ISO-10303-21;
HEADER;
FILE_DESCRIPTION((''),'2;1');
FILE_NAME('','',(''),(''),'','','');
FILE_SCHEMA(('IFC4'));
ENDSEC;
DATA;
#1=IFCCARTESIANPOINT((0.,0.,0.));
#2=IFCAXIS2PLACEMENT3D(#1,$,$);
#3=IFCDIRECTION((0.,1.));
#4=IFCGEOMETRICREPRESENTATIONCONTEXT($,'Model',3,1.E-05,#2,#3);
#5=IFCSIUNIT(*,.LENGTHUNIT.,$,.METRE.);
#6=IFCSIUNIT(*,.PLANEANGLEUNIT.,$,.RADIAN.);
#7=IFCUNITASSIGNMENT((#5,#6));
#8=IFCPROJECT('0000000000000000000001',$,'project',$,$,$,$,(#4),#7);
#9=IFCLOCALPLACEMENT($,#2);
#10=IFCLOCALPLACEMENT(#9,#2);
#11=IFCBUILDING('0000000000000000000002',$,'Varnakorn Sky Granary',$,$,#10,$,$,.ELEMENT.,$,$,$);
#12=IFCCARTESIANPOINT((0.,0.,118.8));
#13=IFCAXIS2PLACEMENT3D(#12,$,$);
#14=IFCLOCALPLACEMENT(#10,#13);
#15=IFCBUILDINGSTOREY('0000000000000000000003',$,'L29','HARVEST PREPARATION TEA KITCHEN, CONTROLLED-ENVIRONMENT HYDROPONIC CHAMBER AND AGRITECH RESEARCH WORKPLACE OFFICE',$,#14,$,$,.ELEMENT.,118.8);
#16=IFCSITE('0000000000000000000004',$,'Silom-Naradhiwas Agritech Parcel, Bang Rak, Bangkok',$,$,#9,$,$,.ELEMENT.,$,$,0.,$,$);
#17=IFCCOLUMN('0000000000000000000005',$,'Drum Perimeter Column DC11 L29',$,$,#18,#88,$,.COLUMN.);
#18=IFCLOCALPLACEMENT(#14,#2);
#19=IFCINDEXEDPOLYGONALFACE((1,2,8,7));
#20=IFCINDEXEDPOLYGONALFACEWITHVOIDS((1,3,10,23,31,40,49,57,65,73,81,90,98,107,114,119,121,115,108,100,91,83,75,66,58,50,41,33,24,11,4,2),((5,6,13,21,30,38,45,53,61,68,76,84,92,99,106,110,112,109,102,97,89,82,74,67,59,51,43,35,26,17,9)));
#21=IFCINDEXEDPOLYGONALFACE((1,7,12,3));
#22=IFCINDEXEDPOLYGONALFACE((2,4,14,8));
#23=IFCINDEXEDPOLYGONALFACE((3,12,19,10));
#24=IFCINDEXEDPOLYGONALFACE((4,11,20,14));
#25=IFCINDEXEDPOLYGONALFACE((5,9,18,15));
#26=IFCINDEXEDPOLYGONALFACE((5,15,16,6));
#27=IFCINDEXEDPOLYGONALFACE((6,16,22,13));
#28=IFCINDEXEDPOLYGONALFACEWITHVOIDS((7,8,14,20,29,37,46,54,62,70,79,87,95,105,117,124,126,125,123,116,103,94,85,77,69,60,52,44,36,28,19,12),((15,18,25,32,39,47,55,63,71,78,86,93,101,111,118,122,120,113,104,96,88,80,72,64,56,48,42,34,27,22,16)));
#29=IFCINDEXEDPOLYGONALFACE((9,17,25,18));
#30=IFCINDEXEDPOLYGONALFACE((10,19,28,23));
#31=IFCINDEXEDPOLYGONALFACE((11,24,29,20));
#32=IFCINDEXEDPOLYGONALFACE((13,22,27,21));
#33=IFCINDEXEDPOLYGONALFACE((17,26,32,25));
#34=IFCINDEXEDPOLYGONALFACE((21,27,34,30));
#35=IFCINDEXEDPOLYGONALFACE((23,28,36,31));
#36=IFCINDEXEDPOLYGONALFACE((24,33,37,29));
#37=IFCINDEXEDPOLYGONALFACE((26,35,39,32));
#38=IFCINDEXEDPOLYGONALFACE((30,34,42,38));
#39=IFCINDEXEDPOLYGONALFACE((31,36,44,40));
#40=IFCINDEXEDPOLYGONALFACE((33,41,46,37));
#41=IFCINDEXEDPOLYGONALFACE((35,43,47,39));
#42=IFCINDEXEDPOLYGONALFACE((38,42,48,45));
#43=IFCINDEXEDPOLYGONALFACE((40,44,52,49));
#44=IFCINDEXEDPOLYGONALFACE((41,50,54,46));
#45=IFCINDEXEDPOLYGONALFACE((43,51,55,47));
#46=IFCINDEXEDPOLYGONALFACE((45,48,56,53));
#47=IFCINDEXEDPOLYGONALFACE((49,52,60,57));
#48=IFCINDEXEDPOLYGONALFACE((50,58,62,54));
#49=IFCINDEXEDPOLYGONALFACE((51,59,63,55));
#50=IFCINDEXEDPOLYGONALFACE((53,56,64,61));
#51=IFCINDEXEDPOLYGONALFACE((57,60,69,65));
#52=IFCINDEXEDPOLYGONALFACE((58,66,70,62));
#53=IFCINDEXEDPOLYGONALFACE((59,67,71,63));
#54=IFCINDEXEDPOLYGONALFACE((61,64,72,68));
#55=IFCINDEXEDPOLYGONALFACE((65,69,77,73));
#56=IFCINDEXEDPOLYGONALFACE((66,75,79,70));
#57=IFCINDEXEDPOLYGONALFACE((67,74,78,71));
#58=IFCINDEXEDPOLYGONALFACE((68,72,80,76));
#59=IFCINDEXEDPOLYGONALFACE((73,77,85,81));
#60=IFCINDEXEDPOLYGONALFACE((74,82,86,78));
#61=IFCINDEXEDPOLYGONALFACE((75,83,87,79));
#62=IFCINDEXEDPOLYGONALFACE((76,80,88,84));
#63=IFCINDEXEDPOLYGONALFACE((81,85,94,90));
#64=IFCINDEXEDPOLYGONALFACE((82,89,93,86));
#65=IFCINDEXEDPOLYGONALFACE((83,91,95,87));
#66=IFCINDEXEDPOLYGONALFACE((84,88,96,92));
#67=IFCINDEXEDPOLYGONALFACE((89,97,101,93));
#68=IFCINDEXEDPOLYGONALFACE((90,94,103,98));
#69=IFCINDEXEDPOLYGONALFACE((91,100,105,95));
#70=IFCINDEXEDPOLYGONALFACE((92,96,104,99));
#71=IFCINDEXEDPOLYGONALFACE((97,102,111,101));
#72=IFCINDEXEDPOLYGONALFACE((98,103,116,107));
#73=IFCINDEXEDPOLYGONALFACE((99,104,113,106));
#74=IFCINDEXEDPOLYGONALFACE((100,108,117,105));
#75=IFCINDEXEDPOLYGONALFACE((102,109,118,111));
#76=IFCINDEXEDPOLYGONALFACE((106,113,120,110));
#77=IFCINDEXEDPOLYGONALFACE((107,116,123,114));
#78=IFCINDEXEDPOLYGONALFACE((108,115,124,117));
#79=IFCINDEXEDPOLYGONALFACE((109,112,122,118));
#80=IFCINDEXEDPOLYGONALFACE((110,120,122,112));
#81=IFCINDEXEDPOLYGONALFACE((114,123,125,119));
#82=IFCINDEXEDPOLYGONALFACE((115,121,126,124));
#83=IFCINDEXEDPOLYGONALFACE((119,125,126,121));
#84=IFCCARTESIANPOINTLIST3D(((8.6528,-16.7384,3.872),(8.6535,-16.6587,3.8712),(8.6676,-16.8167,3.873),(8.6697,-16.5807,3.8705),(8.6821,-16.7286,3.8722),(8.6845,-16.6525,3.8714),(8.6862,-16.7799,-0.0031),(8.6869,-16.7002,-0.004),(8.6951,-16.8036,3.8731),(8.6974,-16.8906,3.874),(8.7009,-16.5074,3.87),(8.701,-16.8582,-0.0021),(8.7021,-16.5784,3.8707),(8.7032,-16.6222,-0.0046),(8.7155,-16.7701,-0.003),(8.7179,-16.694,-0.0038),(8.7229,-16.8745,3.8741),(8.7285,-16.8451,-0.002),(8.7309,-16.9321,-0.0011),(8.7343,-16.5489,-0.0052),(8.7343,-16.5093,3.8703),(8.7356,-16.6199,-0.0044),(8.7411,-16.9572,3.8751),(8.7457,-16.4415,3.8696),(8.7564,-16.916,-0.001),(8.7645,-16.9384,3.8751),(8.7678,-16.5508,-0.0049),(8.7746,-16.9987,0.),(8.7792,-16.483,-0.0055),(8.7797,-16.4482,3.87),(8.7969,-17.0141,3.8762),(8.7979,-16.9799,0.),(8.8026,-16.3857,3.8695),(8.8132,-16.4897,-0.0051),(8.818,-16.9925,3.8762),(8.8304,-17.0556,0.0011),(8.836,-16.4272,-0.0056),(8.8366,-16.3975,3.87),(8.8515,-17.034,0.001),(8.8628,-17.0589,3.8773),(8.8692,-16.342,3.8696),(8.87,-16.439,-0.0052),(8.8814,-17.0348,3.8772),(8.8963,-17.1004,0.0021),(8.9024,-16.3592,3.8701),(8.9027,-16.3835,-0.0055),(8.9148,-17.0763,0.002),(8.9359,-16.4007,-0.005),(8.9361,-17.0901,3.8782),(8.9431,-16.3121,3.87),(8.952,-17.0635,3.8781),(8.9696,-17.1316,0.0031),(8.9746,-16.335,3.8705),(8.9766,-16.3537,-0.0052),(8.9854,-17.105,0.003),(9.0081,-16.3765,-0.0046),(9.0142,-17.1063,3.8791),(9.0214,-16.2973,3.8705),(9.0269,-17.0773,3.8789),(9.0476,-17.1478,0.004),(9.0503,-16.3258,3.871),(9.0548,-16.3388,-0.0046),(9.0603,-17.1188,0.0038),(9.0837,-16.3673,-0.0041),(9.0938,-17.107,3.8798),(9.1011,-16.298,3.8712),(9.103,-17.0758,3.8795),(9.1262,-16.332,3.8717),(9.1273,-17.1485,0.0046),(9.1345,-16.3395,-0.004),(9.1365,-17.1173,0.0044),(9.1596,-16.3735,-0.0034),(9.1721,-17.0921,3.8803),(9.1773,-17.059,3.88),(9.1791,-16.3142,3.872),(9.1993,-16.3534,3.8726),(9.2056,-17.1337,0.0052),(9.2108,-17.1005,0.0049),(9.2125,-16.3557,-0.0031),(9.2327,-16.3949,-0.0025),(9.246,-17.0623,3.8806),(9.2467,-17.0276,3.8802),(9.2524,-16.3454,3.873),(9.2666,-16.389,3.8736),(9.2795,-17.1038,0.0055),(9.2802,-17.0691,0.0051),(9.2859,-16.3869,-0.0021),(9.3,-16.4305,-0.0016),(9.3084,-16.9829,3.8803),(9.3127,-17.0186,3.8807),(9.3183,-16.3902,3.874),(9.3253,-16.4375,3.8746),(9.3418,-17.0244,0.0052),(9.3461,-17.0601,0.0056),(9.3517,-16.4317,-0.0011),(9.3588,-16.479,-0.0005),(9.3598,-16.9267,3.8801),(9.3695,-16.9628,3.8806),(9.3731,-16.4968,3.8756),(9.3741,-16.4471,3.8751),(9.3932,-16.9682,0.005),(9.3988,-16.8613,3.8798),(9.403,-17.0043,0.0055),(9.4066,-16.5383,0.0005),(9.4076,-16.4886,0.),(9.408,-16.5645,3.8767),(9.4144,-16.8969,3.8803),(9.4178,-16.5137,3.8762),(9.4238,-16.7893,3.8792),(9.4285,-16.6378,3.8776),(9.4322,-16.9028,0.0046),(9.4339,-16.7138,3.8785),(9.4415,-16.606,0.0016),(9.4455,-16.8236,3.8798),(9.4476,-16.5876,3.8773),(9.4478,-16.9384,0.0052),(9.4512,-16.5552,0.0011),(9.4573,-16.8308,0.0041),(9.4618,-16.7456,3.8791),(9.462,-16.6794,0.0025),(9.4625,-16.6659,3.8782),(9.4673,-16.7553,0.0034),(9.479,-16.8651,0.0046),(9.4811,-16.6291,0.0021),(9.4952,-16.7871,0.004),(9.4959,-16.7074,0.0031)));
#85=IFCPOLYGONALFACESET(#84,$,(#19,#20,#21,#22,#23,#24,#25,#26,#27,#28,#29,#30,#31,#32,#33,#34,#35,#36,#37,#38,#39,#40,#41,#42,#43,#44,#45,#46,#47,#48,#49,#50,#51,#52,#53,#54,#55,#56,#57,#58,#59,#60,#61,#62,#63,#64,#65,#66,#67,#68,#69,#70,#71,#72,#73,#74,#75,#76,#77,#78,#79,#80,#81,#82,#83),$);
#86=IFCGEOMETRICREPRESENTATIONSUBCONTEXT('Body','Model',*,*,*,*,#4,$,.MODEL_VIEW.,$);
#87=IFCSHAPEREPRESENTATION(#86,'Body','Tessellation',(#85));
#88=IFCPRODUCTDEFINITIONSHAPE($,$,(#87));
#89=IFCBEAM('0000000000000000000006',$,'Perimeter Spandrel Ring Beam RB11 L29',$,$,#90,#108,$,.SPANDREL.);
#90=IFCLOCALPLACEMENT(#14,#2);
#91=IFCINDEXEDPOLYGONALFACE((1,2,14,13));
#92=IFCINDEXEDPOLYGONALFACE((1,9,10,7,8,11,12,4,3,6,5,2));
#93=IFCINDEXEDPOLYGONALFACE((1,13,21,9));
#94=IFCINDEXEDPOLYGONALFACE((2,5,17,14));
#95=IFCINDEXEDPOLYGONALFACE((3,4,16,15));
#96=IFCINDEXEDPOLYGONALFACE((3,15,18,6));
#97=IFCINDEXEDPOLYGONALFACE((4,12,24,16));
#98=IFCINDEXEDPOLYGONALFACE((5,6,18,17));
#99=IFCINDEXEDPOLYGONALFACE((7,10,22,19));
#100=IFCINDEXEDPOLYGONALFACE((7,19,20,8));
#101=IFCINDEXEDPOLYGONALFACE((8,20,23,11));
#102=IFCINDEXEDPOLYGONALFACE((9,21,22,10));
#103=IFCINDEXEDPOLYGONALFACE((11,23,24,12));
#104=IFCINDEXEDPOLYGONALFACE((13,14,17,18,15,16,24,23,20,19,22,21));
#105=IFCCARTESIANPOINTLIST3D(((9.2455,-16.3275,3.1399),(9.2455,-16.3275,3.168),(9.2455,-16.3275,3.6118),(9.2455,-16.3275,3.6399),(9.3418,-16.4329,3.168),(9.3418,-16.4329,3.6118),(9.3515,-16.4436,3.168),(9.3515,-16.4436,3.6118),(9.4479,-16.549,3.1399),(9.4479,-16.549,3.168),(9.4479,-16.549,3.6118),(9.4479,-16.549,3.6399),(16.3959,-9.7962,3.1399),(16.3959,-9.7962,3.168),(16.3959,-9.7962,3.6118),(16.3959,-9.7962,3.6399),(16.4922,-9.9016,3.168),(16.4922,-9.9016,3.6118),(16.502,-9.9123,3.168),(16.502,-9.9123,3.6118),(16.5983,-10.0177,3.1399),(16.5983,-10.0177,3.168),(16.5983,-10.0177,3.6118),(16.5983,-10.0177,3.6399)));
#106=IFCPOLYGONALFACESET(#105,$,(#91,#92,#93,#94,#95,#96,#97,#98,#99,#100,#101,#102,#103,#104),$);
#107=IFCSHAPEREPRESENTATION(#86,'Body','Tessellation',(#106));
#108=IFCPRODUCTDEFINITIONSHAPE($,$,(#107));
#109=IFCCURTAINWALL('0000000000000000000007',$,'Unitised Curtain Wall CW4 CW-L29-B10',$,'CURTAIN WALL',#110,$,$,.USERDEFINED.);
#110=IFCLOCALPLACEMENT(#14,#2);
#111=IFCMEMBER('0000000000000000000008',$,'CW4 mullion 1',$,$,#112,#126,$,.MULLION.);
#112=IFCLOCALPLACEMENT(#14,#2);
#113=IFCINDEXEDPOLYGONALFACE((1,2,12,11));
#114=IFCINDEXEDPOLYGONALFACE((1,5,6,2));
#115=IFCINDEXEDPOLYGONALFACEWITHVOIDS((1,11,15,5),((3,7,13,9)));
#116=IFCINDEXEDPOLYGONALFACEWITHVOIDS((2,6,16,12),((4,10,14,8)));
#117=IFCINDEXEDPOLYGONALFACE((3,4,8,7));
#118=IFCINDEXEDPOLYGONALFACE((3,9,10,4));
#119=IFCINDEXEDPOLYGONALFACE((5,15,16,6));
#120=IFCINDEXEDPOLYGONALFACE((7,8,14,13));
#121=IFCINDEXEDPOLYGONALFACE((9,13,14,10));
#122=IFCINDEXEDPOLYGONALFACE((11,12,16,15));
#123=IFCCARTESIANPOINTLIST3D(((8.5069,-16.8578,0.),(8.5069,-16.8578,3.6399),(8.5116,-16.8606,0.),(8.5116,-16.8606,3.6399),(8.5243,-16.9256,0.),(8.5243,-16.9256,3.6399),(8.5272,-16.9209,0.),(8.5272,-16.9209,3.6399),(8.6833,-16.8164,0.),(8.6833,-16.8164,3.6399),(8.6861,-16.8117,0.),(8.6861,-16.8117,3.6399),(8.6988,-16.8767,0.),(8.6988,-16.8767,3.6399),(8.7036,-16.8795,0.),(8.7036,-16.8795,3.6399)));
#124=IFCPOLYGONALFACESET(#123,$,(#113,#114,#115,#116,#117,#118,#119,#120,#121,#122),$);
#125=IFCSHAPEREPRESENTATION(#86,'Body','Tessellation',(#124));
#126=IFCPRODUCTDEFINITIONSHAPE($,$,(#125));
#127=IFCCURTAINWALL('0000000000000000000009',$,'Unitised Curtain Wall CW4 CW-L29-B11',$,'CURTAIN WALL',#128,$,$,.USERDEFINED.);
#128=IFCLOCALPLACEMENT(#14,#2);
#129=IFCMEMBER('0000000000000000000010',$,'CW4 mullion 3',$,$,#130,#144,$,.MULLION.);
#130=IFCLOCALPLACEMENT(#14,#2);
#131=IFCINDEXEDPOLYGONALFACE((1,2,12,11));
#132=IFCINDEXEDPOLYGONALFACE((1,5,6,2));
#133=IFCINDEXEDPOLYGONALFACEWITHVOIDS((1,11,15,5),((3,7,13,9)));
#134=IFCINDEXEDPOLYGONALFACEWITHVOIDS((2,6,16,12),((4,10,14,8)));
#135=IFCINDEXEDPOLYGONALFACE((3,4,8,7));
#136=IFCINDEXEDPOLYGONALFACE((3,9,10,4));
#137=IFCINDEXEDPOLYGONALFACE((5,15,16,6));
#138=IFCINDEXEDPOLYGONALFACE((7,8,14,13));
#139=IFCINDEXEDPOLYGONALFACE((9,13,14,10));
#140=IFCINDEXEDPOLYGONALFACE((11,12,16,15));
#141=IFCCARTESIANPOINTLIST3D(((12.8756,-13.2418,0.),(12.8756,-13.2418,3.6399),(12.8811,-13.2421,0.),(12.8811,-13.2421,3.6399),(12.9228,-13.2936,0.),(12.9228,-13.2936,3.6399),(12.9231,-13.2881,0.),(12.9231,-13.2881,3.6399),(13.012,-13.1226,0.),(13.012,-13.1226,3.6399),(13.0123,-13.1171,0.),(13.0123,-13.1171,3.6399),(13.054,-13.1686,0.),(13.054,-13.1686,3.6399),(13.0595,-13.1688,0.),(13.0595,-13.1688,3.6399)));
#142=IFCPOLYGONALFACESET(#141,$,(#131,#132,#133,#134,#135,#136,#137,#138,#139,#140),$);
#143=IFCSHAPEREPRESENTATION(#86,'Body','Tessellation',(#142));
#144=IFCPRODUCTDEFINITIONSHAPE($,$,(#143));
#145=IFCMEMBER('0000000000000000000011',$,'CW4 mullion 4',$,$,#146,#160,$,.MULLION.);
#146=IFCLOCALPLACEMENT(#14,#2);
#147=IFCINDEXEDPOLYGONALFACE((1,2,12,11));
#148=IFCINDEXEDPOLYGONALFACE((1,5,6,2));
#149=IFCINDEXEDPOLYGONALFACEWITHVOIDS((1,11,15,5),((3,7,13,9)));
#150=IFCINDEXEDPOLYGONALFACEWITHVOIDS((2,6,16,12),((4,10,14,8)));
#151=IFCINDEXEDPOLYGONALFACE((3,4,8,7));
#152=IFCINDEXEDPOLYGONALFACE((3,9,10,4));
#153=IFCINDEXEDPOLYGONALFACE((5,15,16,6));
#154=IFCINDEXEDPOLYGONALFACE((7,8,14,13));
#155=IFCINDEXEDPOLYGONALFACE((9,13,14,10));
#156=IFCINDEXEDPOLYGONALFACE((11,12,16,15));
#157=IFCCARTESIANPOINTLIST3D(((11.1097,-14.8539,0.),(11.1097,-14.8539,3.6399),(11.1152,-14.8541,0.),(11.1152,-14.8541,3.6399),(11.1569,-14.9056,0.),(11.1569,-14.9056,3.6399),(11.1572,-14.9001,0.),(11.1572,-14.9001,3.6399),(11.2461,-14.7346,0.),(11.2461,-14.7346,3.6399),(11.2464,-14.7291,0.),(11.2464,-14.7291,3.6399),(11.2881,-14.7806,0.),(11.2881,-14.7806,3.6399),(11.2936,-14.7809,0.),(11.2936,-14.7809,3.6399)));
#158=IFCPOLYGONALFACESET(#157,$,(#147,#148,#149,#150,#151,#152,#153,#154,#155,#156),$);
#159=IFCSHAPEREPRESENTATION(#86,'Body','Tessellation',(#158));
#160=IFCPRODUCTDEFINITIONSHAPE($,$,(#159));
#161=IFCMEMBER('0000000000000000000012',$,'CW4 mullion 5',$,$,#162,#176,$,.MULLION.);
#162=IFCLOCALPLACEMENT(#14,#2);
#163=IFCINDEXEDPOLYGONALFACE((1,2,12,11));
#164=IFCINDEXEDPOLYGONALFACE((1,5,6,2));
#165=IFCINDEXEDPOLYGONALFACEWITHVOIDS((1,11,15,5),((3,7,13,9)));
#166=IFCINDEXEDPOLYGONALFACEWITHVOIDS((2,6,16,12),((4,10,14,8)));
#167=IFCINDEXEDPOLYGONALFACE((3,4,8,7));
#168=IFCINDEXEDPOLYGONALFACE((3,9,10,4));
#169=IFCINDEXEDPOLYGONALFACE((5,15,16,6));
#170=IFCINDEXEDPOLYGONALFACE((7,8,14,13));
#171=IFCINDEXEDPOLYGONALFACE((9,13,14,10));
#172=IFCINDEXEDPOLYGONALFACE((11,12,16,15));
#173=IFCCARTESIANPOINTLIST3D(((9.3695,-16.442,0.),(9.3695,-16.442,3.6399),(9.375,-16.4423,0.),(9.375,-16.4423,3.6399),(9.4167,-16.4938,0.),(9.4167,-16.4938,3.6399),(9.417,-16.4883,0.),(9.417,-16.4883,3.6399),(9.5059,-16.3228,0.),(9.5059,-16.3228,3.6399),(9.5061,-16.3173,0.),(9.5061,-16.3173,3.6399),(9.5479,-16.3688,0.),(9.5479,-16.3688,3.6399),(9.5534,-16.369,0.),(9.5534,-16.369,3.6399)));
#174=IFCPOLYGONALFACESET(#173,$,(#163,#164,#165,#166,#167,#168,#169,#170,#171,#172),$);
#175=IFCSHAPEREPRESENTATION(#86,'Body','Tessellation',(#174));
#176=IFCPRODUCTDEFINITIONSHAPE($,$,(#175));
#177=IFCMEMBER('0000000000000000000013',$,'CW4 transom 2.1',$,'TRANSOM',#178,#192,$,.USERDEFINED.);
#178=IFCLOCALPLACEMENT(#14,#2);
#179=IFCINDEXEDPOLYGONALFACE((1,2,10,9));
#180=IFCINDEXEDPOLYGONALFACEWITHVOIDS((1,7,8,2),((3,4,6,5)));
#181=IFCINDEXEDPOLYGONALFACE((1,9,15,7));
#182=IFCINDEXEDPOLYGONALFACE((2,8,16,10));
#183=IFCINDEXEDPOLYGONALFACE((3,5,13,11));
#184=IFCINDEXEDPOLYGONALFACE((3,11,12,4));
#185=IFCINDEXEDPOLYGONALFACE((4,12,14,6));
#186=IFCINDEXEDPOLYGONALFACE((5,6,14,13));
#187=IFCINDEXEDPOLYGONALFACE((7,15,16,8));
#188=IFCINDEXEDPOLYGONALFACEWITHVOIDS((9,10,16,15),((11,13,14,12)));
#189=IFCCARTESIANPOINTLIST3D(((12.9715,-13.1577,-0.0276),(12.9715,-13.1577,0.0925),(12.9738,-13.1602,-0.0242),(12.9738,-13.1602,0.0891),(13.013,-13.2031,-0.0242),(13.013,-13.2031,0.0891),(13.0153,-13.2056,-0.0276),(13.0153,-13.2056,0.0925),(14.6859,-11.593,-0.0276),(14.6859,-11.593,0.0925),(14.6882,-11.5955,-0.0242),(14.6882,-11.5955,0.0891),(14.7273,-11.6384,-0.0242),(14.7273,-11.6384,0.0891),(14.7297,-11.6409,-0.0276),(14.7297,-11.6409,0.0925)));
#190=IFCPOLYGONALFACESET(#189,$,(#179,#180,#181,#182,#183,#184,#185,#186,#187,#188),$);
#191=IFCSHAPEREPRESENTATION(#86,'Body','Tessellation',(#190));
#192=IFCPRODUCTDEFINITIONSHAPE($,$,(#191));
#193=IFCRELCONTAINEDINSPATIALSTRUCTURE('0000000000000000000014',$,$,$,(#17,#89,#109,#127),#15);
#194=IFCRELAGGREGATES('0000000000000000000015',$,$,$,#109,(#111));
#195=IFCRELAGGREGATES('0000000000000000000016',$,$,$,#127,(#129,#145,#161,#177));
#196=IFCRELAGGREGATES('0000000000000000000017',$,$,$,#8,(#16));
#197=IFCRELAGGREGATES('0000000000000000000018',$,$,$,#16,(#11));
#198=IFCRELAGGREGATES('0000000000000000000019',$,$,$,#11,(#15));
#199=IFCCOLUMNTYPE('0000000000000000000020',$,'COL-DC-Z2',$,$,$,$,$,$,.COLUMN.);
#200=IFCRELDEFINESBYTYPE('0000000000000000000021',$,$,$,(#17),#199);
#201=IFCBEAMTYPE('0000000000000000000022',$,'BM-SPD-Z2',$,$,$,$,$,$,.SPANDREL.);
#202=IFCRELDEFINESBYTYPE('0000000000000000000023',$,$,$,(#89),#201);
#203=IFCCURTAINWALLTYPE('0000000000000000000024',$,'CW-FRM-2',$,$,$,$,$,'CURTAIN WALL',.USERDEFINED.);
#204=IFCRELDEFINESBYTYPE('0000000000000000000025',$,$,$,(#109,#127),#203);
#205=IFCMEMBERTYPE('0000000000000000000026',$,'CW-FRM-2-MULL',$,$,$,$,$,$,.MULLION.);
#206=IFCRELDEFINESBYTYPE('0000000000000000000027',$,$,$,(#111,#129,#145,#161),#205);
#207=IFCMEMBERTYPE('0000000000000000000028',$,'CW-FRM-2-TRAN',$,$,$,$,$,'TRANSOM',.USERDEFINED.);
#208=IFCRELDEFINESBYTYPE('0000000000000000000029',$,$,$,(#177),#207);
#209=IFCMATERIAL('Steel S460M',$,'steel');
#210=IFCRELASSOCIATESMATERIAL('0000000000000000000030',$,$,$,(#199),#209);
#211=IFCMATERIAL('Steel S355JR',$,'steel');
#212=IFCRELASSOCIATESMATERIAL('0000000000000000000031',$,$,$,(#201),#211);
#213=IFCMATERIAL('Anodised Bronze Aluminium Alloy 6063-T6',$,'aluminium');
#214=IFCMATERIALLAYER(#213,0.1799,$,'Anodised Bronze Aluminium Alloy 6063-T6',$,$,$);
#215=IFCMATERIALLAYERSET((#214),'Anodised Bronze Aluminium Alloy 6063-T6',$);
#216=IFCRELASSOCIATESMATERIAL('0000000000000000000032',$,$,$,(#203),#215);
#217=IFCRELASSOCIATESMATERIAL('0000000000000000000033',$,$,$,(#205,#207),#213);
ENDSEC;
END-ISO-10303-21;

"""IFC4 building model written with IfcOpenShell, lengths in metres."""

from ifc_helpers import new_model, si_unit, direction, frame, origin, origin_2d, place, context, subcontext, project, spatial, hollow_rectangle, hollow_circle, i_section, extrude, material, layer, layer_set, material_profile, profile_set, type_object, element, aggregate, save


model = new_model("IFC4")

# Units and contexts
model_context = context("Model", 3, precision=1e-05, world=origin(), true_north=direction((0.0, 1.0)))
body_context = subcontext(model_context, "Body", "Model", "MODEL_VIEW")
ifc_project = project(units=[si_unit("LENGTHUNIT", "METRE"), si_unit("PLANEANGLEUNIT", "RADIAN")], contexts=[model_context])

# Site, building, storey
site_placement = place(None, origin())
site = spatial("IfcSite", under=ifc_project, at=site_placement, Name="Silom-Naradhiwas Agritech Parcel, Bang Rak, Bangkok", CompositionType="ELEMENT", RefElevation=0.0)
building_placement = place(site_placement, origin())
building = spatial("IfcBuilding", under=site, at=building_placement, Name="Varnakorn Sky Granary", CompositionType="ELEMENT")
storey_placement = place(building_placement, frame((0.0, 0.0, 118.8)))
storey = spatial("IfcBuildingStorey", under=building, at=storey_placement, Name="L29", Description="HARVEST PREPARATION TEA KITCHEN, CONTROLLED-ENVIRONMENT HYDROPONIC CHAMBER AND AGRITECH RESEARCH WORKPLACE OFFICE", CompositionType="ELEMENT", Elevation=118.8)

# Column
ifc_material_1 = material(Name="Steel S460M", Category="steel")
ifc_material_profile_1 = material_profile(ifc_material_1, hollow_circle(Radius=0.4065, WallThickness=0.03, at=origin_2d()), Name="CHS 813x30")
ifc_profile_set_1 = profile_set([ifc_material_profile_1], Name="Steel S460M")
column_type = type_object("IfcColumnType", Name="COL-DC-Z2", PredefinedType="COLUMN", material=ifc_profile_set_1)
column_placement = place(storey_placement, frame((9.0911, -16.7437, 0.0), z_axis=(-0.008631, 0.01071, 0.999905), x_axis=(-0.77863, -0.627484, 0.0)))
element("IfcColumn", 1, at=column_placement, inside=storey, type_object=column_type, Name="Drum Perimeter Column DC11 L29", PredefinedType="COLUMN", context=body_context, shape_type="SweptSolid", body=[
    extrude(hollow_circle(Radius=0.4065, WallThickness=0.03, at=origin_2d()), origin(), (0.0, 0.0, 1.0), 3.8755),
])

# Beam
ifc_material_2 = material(Name="Steel S355JR", Category="steel")
ifc_material_profile_2 = material_profile(ifc_material_2, i_section(OverallWidth=0.3, OverallDepth=0.5, WebThickness=0.0144, FlangeThickness=0.0281, at=origin_2d()), Name="HE 500 B")
ifc_profile_set_2 = profile_set([ifc_material_profile_2], Name="Steel S355JR")
beam_type = type_object("IfcBeamType", Name="BM-SPD-Z2", PredefinedType="SPANDREL", material=ifc_profile_set_2)
beam_placement = place(storey_placement, frame((9.3467, -16.4382, 3.3899), z_axis=(0.73835, 0.674418, 0.0), x_axis=(-0.674418, 0.73835, 0.0)))
element("IfcBeam", 2, at=beam_placement, inside=storey, type_object=beam_type, Name="Perimeter Spandrel Ring Beam RB11 L29", PredefinedType="SPANDREL", context=body_context, shape_type="SweptSolid", body=[
    extrude(i_section(OverallWidth=0.3, OverallDepth=0.5, WebThickness=0.0144, FlangeThickness=0.0281, at=origin_2d()), origin(), (0.0, 0.0, 1.0), 9.6843),
])

# Curtain wall, member
ifc_material_3 = material(Name="Anodised Bronze Aluminium Alloy 6063-T6", Category="aluminium")
ifc_layer_1 = layer(ifc_material_3, 0.1799, Name="Anodised Bronze Aluminium Alloy 6063-T6")
ifc_layer_set_1 = layer_set([ifc_layer_1], Name="Anodised Bronze Aluminium Alloy 6063-T6")
curtain_wall_type = type_object("IfcCurtainWallType", Name="CW-FRM-2", ElementType="CURTAIN WALL", PredefinedType="USERDEFINED", material=ifc_layer_set_1)
curtain_wall_1_placement = place(storey_placement, origin())
curtain_wall_1 = element("IfcCurtainWall", 3, at=curtain_wall_1_placement, inside=storey, type_object=curtain_wall_type, Name="Unitised Curtain Wall CW4 CW-L29-B10", ObjectType="CURTAIN WALL", PredefinedType="USERDEFINED")
ifc_material_profile_3 = material_profile(ifc_material_3, hollow_rectangle(XDim=0.0701, YDim=0.1851, WallThickness=0.0039, at=origin_2d()), Name="ALU MULL 70x185")
ifc_profile_set_3 = profile_set([ifc_material_profile_3], Name="Anodised Bronze Aluminium Alloy 6063-T6")
member_type_1 = type_object("IfcMemberType", Name="CW-FRM-2-MULL", PredefinedType="MULLION", material=ifc_profile_set_3)
member_1_placement = place(storey_placement, frame((8.6052, -16.8687, 0.0), z_axis=(0.0, 0.0, 1.0), x_axis=(0.249196, -0.968453, 0.0)))
member_1 = element("IfcMember", 4, at=member_1_placement, type_object=member_type_1, Name="CW4 mullion 1", PredefinedType="MULLION", context=body_context, shape_type="SweptSolid", body=[
    extrude(hollow_rectangle(XDim=0.0701, YDim=0.1851, WallThickness=0.0039, at=origin_2d()), origin(), (0.0, 0.0, 1.0), 3.6399),
])
aggregate(curtain_wall_1, [member_1])

# Curtain wall, members
curtain_wall_2_placement = place(storey_placement, origin())
curtain_wall_2 = element("IfcCurtainWall", 5, at=curtain_wall_2_placement, inside=storey, type_object=curtain_wall_type, Name="Unitised Curtain Wall CW4 CW-L29-B11", ObjectType="CURTAIN WALL", PredefinedType="USERDEFINED")
member_2_placement = place(storey_placement, frame((12.9675, -13.2053, 0.0), z_axis=(0.0, 0.0, 1.0), x_axis=(0.674153, -0.738592, 0.0)))
member_2 = element("IfcMember", 6, at=member_2_placement, type_object=member_type_1, Name="CW4 mullion 3", PredefinedType="MULLION", context=body_context, shape_type="SweptSolid", body=[
    extrude(hollow_rectangle(XDim=0.0701, YDim=0.1851, WallThickness=0.0039, at=origin_2d()), origin(), (0.0, 0.0, 1.0), 3.6399),
])
member_3_placement = place(storey_placement, frame((11.2017, -14.8174, 0.0), z_axis=(0.0, 0.0, 1.0), x_axis=(0.674153, -0.738592, 0.0)))
member_3 = element("IfcMember", 7, at=member_3_placement, type_object=member_type_1, Name="CW4 mullion 4", PredefinedType="MULLION", context=body_context, shape_type="SweptSolid", body=[
    extrude(hollow_rectangle(XDim=0.0701, YDim=0.1851, WallThickness=0.0039, at=origin_2d()), origin(), (0.0, 0.0, 1.0), 3.6399),
])
member_4_placement = place(storey_placement, frame((9.4614, -16.4055, 0.0), z_axis=(0.0, 0.0, 1.0), x_axis=(0.674153, -0.738592, 0.0)))
member_4 = element("IfcMember", 8, at=member_4_placement, type_object=member_type_1, Name="CW4 mullion 5", PredefinedType="MULLION", context=body_context, shape_type="SweptSolid", body=[
    extrude(hollow_rectangle(XDim=0.0701, YDim=0.1851, WallThickness=0.0039, at=origin_2d()), origin(), (0.0, 0.0, 1.0), 3.6399),
])
ifc_material_profile_4 = material_profile(ifc_material_3, hollow_rectangle(XDim=0.0649, YDim=0.1201, WallThickness=0.0034, at=origin_2d()), Name="ALU TRAN 65x120")
ifc_profile_set_4 = profile_set([ifc_material_profile_4], Name="Anodised Bronze Aluminium Alloy 6063-T6")
member_type_2 = type_object("IfcMemberType", Name="CW-FRM-2-TRAN", ElementType="TRANSOM", PredefinedType="USERDEFINED", material=ifc_profile_set_4)
member_5_placement = place(storey_placement, frame((14.7078, -11.6169, 0.0325), z_axis=(-0.738611, -0.674132, 0.0), x_axis=(0.674132, -0.738611, 0.0)))
member_5 = element("IfcMember", 9, at=member_5_placement, type_object=member_type_2, Name="CW4 transom 2.1", ObjectType="TRANSOM", PredefinedType="USERDEFINED", context=body_context, shape_type="SweptSolid", body=[
    extrude(hollow_rectangle(XDim=0.0649, YDim=0.1201, WallThickness=0.0034, at=origin_2d()), origin(), (0.0, 0.0, 1.0), 2.321),
])

aggregate(curtain_wall_2, [member_2, member_3, member_4, member_5])

save(model, "model.ifc")
